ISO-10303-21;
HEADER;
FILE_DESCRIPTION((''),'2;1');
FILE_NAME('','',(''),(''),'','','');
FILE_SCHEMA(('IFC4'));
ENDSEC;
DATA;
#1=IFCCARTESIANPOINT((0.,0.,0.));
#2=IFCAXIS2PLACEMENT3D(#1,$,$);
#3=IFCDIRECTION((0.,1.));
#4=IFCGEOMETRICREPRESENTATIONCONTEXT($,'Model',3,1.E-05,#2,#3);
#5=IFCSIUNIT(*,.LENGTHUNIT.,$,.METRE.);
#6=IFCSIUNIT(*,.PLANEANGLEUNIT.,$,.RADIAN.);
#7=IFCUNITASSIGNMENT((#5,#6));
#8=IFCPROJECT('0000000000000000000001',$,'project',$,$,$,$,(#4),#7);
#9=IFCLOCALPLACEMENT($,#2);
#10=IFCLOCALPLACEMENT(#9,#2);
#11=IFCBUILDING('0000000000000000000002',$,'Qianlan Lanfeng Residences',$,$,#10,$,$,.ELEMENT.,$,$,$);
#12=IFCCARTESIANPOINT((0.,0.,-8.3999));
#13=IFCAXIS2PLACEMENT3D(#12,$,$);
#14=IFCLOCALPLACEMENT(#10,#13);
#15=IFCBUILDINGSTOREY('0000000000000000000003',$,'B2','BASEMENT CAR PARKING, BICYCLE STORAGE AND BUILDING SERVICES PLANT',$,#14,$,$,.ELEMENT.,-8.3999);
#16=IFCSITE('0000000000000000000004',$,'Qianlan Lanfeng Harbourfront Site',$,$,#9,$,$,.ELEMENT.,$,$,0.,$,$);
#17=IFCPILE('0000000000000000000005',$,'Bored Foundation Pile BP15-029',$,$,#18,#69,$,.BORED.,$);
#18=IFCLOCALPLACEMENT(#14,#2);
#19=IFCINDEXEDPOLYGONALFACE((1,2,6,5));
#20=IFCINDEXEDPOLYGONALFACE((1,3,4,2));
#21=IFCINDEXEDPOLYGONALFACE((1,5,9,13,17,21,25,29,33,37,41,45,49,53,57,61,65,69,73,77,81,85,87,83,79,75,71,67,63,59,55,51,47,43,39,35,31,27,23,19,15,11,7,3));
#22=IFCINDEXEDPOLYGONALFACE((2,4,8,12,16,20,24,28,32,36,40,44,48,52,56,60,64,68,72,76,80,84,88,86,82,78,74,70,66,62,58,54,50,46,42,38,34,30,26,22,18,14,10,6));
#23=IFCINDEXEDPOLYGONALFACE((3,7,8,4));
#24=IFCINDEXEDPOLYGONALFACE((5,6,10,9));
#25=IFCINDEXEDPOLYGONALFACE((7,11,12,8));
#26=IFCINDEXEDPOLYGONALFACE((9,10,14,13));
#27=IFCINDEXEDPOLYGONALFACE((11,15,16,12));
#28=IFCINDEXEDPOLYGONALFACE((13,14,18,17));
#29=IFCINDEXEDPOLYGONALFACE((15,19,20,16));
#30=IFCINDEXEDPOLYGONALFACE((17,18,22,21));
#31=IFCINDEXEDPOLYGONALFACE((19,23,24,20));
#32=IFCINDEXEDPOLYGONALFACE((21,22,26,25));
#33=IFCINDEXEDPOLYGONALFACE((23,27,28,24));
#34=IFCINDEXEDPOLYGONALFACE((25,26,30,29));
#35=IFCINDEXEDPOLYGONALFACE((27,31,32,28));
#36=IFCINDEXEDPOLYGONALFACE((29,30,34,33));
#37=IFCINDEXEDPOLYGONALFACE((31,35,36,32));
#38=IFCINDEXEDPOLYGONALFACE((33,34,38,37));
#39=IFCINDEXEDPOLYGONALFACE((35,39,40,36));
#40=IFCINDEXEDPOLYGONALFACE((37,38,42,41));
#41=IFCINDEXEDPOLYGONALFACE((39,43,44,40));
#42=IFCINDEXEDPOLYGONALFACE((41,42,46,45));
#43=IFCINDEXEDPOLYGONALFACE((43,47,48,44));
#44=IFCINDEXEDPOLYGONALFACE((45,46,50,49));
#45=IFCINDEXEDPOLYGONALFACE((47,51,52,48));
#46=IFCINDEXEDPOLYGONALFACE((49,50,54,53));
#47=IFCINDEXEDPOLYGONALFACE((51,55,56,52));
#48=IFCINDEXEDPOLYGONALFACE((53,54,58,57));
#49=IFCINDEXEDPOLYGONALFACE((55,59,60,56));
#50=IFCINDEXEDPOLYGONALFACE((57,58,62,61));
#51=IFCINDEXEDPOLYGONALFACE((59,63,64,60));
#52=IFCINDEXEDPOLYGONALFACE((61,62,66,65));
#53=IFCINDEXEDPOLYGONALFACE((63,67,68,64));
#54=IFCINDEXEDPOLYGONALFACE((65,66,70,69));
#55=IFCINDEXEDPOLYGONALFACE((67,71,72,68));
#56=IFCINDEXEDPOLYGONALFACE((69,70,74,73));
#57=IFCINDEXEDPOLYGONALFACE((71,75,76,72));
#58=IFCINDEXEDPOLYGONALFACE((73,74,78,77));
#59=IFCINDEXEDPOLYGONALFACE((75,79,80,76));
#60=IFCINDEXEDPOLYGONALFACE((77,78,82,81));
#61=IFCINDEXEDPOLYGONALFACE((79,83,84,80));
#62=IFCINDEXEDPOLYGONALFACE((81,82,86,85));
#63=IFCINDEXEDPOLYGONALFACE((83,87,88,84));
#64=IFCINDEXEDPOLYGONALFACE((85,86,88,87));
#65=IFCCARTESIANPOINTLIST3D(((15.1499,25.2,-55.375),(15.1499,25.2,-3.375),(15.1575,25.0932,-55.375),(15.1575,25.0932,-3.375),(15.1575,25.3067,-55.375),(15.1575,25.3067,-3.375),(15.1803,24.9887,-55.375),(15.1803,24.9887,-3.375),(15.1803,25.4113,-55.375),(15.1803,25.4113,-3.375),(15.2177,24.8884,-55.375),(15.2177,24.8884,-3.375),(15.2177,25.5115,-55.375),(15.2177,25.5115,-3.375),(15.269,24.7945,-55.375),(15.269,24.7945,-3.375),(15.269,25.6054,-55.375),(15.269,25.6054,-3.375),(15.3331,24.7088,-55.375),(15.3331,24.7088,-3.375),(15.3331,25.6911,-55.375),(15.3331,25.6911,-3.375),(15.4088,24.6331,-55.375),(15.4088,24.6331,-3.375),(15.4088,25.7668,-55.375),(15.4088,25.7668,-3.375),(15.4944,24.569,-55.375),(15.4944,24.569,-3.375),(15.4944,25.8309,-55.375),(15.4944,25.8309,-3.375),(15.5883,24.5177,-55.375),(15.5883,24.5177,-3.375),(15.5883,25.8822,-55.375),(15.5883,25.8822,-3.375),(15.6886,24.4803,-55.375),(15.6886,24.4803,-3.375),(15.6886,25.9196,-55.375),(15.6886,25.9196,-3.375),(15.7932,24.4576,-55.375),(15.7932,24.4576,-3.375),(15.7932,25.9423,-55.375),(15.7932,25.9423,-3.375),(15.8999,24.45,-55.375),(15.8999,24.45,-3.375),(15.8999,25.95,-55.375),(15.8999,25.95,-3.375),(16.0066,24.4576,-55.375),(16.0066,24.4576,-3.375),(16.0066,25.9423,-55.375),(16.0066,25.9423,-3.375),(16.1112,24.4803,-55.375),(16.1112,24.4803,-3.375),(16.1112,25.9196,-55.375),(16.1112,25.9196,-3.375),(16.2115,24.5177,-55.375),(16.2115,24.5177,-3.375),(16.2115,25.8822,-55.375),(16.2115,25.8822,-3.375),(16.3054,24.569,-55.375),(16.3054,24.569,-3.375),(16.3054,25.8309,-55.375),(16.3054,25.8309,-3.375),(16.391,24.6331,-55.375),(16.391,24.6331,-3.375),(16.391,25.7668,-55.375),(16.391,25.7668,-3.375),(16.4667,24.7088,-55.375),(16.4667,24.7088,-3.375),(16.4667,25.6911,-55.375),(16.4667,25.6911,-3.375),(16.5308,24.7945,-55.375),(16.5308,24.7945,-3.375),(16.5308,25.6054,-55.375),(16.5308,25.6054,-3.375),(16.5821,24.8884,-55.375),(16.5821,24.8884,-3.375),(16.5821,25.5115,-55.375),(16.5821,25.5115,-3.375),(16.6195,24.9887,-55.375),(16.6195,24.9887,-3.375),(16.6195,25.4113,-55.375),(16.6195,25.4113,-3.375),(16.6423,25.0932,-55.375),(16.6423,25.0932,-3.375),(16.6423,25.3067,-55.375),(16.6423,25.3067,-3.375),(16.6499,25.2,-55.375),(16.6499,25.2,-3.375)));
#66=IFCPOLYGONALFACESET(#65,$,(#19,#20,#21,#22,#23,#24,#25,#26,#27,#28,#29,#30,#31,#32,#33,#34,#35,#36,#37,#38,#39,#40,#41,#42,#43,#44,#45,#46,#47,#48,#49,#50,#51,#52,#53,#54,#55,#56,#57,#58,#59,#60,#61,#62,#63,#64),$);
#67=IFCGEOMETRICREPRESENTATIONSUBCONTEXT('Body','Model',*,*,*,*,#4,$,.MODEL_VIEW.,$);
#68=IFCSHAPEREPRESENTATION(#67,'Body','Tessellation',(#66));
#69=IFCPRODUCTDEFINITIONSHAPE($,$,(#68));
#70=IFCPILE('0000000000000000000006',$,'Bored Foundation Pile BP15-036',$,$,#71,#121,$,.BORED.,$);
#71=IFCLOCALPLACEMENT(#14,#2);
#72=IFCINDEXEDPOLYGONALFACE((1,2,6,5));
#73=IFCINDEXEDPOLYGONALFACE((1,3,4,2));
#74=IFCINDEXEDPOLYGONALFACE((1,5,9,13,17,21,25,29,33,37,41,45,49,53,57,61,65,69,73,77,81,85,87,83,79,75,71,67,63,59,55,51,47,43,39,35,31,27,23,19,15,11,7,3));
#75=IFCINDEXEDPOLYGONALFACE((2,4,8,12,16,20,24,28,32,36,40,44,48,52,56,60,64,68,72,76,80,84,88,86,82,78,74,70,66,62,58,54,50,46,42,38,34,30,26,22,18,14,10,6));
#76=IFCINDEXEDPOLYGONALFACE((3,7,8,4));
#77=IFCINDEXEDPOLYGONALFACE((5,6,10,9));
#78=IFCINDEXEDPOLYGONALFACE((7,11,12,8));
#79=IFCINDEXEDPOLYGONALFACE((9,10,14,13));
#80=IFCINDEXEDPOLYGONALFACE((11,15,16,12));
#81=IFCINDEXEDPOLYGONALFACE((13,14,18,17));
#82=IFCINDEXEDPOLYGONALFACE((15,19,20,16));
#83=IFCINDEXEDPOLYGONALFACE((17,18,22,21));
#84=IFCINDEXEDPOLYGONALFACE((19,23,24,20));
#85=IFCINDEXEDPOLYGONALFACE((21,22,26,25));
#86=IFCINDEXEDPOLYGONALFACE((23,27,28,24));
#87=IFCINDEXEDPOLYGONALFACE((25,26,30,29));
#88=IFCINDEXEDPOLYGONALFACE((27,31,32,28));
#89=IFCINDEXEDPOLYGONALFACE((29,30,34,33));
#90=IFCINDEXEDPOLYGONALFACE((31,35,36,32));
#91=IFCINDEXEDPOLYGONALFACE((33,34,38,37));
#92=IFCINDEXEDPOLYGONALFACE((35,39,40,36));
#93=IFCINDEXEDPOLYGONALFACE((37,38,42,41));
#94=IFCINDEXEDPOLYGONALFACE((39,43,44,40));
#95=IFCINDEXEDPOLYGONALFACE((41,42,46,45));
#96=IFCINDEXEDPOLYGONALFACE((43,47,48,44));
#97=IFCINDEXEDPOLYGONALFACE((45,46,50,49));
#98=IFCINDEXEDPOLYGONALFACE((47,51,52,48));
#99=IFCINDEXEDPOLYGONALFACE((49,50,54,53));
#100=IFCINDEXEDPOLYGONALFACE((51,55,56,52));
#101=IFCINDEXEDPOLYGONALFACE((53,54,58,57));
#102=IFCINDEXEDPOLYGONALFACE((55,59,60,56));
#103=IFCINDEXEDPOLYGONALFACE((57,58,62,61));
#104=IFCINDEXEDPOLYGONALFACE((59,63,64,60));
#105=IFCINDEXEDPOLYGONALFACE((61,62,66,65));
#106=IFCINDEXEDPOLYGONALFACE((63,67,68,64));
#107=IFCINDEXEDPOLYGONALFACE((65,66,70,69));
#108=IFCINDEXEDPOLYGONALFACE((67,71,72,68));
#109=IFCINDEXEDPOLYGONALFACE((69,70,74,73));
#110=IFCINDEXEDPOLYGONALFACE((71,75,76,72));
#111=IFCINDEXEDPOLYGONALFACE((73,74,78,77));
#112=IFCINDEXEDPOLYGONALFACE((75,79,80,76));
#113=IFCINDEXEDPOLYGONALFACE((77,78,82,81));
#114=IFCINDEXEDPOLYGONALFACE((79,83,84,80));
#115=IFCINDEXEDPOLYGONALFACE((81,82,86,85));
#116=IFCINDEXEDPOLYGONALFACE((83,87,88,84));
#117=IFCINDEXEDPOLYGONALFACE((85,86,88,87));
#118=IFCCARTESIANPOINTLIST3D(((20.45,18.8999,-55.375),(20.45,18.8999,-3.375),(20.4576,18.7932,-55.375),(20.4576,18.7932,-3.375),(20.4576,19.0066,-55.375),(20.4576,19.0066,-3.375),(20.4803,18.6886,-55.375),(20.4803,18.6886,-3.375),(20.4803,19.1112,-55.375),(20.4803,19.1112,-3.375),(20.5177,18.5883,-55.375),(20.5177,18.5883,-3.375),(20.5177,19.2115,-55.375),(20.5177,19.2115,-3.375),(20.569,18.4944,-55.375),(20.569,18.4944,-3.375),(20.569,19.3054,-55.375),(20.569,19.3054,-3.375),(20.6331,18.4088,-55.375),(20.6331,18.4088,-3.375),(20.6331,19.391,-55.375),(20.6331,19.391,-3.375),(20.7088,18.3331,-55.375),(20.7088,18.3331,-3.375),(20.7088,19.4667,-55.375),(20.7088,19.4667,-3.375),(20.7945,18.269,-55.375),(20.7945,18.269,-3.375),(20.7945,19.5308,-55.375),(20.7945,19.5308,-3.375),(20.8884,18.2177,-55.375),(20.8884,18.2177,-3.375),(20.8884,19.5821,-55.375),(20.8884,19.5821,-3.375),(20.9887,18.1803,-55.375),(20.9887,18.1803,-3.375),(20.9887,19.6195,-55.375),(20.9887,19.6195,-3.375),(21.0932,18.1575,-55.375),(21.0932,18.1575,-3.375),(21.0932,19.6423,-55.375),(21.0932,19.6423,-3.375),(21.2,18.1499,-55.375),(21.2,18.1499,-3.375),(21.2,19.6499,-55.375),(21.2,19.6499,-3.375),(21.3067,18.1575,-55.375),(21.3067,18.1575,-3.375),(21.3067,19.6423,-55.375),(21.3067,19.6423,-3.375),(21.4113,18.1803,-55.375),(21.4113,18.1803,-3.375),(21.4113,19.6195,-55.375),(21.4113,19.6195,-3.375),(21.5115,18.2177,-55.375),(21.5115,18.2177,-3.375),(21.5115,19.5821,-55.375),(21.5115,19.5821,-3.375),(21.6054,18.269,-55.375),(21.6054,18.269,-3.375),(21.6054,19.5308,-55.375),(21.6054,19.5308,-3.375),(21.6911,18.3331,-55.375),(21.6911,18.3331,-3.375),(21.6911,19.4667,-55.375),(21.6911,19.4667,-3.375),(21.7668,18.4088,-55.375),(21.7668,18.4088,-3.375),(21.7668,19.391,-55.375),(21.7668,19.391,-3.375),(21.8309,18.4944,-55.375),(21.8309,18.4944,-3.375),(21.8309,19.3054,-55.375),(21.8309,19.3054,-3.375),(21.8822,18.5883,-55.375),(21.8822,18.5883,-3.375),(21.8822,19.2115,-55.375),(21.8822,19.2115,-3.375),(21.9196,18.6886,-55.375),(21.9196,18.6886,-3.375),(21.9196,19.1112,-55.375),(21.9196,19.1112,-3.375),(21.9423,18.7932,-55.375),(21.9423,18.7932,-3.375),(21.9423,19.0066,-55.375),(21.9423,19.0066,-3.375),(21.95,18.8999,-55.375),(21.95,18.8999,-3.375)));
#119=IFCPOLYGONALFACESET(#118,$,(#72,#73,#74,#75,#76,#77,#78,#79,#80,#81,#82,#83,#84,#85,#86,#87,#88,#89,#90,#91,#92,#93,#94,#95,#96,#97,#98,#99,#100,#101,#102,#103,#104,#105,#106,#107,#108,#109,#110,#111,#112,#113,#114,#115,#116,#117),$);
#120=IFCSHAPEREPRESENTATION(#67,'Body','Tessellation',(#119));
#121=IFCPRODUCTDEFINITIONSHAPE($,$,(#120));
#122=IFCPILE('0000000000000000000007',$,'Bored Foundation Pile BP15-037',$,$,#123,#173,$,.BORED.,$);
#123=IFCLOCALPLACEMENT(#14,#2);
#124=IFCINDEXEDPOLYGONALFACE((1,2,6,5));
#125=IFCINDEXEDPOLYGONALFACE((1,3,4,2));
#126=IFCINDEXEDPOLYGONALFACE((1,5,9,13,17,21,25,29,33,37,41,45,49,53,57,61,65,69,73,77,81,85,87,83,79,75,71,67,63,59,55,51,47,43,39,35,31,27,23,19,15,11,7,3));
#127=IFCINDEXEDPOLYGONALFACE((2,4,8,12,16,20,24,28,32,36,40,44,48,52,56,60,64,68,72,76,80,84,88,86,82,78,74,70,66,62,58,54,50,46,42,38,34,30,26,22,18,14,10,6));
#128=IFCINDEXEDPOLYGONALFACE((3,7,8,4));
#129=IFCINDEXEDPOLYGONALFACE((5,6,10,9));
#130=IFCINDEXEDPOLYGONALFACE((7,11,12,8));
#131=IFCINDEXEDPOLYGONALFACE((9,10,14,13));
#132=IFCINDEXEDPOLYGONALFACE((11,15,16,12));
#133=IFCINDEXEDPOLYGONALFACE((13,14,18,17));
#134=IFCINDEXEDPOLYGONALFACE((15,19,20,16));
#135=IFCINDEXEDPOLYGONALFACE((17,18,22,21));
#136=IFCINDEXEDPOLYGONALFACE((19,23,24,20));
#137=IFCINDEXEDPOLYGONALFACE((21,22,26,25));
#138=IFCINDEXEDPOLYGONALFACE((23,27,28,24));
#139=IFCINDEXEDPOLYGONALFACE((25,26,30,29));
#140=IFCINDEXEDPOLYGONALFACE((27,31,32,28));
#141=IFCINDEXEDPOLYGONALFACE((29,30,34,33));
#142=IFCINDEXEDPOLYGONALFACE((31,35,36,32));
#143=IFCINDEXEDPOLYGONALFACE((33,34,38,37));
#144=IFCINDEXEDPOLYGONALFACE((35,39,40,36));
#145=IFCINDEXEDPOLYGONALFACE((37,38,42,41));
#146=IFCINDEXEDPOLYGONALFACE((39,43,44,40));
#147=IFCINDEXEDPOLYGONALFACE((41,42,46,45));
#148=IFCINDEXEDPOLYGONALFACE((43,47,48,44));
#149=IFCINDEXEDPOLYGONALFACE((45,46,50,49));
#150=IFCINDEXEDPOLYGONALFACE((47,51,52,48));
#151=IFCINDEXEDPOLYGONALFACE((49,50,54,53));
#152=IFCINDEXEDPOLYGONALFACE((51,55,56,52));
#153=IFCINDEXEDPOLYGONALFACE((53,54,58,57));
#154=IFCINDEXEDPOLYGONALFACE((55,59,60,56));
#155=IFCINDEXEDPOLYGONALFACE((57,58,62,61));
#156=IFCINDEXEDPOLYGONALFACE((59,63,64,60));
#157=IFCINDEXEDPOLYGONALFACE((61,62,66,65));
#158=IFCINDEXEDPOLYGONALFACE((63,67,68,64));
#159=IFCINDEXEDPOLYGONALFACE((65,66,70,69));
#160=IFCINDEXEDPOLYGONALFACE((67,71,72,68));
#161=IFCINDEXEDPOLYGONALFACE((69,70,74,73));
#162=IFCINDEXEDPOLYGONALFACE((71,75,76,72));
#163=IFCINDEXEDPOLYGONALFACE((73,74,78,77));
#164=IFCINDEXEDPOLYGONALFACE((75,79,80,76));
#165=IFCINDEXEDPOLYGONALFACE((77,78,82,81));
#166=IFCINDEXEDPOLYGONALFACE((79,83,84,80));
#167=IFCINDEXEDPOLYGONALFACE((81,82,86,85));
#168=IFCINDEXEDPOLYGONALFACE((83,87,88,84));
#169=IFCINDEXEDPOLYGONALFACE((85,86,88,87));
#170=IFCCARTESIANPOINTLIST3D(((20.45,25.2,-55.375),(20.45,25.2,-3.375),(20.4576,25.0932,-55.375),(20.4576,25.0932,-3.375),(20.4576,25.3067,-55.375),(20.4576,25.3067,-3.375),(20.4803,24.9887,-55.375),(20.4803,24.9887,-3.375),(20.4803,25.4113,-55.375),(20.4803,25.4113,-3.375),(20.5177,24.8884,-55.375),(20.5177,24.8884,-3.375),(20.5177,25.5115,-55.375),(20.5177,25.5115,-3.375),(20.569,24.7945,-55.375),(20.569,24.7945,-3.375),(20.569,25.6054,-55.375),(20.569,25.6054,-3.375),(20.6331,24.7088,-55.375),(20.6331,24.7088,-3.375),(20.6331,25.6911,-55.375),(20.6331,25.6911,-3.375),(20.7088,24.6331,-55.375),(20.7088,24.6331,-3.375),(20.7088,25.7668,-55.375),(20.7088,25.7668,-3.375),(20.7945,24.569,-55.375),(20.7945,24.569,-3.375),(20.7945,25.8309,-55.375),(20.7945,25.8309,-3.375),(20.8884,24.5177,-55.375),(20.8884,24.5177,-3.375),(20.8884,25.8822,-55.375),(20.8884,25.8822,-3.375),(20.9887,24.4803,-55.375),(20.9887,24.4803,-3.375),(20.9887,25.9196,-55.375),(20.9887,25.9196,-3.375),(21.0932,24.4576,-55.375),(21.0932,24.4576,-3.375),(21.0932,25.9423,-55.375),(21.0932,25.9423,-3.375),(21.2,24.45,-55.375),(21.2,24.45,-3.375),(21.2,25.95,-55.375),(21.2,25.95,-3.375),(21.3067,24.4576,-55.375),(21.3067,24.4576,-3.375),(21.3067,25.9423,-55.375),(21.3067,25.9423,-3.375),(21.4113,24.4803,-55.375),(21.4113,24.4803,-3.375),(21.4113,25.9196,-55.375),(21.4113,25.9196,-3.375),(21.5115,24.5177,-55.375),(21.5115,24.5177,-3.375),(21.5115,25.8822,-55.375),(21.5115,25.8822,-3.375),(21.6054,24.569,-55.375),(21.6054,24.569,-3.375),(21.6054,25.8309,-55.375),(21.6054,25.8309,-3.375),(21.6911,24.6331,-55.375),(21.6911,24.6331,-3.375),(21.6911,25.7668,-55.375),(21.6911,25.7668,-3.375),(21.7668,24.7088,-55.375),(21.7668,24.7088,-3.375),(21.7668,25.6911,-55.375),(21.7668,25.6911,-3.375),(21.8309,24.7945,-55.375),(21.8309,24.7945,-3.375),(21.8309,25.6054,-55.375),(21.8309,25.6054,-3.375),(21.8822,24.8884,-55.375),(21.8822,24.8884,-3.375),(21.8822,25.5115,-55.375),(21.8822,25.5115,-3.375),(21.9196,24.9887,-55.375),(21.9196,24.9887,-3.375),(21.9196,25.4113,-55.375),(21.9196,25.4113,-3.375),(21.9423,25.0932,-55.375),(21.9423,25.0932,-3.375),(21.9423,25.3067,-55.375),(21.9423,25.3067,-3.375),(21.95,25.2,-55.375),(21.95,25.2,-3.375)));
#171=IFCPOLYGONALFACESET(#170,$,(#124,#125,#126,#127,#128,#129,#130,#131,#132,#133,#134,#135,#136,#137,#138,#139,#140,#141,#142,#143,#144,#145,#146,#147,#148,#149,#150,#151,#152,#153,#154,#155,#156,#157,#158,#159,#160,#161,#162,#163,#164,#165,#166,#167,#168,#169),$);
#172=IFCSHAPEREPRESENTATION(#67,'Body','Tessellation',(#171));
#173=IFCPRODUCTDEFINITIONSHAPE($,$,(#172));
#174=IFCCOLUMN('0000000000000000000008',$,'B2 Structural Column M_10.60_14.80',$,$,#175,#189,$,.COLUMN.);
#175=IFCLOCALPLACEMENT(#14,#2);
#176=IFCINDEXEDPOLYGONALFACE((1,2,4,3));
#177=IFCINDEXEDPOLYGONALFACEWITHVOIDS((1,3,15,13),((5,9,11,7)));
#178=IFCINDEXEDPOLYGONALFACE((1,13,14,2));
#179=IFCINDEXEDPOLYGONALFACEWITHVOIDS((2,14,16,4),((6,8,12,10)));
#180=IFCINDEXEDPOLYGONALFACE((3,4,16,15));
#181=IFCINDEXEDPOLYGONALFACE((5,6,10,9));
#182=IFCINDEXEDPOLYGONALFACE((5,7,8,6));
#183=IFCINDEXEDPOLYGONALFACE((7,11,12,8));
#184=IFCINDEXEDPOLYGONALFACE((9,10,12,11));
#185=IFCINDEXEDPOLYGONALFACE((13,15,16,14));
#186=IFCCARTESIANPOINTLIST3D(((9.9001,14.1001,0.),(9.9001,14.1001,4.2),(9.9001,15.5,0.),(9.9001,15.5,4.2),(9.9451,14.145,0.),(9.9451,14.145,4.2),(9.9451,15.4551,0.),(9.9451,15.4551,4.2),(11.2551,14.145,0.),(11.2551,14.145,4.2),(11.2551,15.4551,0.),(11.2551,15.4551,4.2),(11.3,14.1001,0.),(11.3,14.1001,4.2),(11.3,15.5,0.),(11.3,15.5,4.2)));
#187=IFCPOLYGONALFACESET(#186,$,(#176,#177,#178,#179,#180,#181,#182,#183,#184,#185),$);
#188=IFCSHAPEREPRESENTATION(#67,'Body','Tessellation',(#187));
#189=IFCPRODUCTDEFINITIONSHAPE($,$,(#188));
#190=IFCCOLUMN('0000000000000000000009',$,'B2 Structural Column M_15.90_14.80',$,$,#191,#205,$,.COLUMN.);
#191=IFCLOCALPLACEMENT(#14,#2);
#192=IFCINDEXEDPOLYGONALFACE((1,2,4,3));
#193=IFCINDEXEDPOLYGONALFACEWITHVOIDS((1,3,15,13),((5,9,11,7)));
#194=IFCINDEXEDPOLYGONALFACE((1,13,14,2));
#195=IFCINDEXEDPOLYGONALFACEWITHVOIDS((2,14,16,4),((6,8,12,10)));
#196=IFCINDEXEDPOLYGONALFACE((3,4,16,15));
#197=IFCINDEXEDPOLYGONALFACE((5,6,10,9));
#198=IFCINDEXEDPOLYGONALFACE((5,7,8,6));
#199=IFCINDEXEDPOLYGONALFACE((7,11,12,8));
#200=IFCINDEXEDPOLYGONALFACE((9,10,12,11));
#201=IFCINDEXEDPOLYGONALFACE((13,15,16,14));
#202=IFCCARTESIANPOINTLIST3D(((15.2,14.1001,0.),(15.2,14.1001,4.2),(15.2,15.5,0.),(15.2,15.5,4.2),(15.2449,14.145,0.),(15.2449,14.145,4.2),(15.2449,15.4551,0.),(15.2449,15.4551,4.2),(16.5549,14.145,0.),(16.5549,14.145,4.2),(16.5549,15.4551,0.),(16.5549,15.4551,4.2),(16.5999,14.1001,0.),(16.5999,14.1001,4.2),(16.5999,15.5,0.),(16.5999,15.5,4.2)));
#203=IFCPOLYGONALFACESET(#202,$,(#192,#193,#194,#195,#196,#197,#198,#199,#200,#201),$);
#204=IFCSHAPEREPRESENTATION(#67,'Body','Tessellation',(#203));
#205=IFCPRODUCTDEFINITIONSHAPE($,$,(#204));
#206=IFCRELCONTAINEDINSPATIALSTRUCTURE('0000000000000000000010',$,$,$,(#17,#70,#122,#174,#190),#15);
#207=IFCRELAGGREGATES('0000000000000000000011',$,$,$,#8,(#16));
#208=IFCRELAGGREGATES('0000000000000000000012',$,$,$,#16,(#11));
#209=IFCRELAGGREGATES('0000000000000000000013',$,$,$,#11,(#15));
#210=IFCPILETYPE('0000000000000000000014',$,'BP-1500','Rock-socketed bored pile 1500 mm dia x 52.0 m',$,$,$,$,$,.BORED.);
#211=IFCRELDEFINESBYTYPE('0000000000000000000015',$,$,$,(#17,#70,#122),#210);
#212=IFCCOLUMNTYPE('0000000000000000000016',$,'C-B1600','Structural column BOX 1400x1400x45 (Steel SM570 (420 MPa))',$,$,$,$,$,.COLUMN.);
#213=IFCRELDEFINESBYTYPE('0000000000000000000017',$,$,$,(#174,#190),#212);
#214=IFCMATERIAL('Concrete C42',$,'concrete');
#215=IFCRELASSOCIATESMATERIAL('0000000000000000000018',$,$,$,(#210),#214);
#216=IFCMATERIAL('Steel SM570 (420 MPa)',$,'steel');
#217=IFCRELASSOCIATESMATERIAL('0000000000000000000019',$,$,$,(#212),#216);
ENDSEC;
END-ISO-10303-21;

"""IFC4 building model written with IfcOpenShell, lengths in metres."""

from ifc_helpers import new_model, si_unit, direction, frame, origin, origin_2d, place, context, subcontext, project, spatial, hollow_rectangle, circle, extrude, material, material_profile, profile_set, type_object, element, save


model = new_model("IFC4")

# Units and contexts
model_context = context("Model", 3, precision=1e-05, world=origin(), true_north=direction((0.0, 1.0)))
body_context = subcontext(model_context, "Body", "Model", "MODEL_VIEW")
ifc_project = project(units=[si_unit("LENGTHUNIT", "METRE"), si_unit("PLANEANGLEUNIT", "RADIAN")], contexts=[model_context])

# Site, building, storey
site_placement = place(None, origin())
site = spatial("IfcSite", under=ifc_project, at=site_placement, Name="Qianlan Lanfeng Harbourfront Site", CompositionType="ELEMENT", RefElevation=0.0)
building_placement = place(site_placement, origin())
building = spatial("IfcBuilding", under=site, at=building_placement, Name="Qianlan Lanfeng Residences", CompositionType="ELEMENT")
storey_placement = place(building_placement, frame((0.0, 0.0, -8.3999)))
storey = spatial("IfcBuildingStorey", under=building, at=storey_placement, Name="B2", Description="BASEMENT CAR PARKING, BICYCLE STORAGE AND BUILDING SERVICES PLANT", CompositionType="ELEMENT", Elevation=-8.3999)

# Piles
ifc_material_1 = material(Name="Concrete C42", Category="concrete")
ifc_material_profile_1 = material_profile(ifc_material_1, circle(Radius=0.75, at=origin_2d()), Name="PILE D1500")
ifc_profile_set_1 = profile_set([ifc_material_profile_1], Name="Concrete C42")
pile_type = type_object("IfcPileType", Name="BP-1500", Description="Rock-socketed bored pile 1500 mm dia x 52.0 m", PredefinedType="BORED", material=ifc_profile_set_1)
for number, where, z_axis, x_axis, name in (
    (1, (15.8999, 25.2, -3.375), (0.0, 0.0, -1.0), (1.0, 0.0, 0.0), "Bored Foundation Pile BP15-029"),
    (2, (21.2, 18.8999, -3.375), (0.0, 0.0, -1.0), (1.0, 0.0, 0.0), "Bored Foundation Pile BP15-036"),
    (3, (21.2, 25.2, -3.375), (0.0, 0.0, -1.0), (1.0, 0.0, 0.0), "Bored Foundation Pile BP15-037"),
):
    element("IfcPile", number, at=place(storey_placement, frame(where, z_axis=z_axis, x_axis=x_axis)), inside=storey, type_object=pile_type, Name=name, PredefinedType="BORED", context=body_context, shape_type="SweptSolid", body=[
        extrude(circle(Radius=0.75, at=origin_2d()), origin(), (0.0, 0.0, 1.0), 52.0),
    ])

# Columns
ifc_material_2 = material(Name="Steel SM570 (420 MPa)", Category="steel")
ifc_material_profile_2 = material_profile(ifc_material_2, hollow_rectangle(XDim=1.3999, YDim=1.3999, WallThickness=0.0449, at=origin_2d()), Name="BOX 1400x1400x45")
ifc_profile_set_2 = profile_set([ifc_material_profile_2], Name="Steel SM570 (420 MPa)")
column_type = type_object("IfcColumnType", Name="C-B1600", Description="Structural column BOX 1400x1400x45 (Steel SM570 (420 MPa))", PredefinedType="COLUMN", material=ifc_profile_set_2)
for number, where, z_axis, x_axis, name in (
    (4, (10.6001, 14.8, 0.0), (0.0, 0.0, 1.0), (1.0, 0.0, 0.0), "B2 Structural Column M_10.60_14.80"),
    (5, (15.8999, 14.8, 0.0), (0.0, 0.0, 1.0), (1.0, 0.0, 0.0), "B2 Structural Column M_15.90_14.80"),
):
    element("IfcColumn", number, at=place(storey_placement, frame(where, z_axis=z_axis, x_axis=x_axis)), inside=storey, type_object=column_type, Name=name, PredefinedType="COLUMN", context=body_context, shape_type="SweptSolid", body=[
        extrude(hollow_rectangle(XDim=1.3999, YDim=1.3999, WallThickness=0.0449, at=origin_2d()), origin(), (0.0, 0.0, 1.0), 4.2),
    ])

save(model, "model.ifc")
